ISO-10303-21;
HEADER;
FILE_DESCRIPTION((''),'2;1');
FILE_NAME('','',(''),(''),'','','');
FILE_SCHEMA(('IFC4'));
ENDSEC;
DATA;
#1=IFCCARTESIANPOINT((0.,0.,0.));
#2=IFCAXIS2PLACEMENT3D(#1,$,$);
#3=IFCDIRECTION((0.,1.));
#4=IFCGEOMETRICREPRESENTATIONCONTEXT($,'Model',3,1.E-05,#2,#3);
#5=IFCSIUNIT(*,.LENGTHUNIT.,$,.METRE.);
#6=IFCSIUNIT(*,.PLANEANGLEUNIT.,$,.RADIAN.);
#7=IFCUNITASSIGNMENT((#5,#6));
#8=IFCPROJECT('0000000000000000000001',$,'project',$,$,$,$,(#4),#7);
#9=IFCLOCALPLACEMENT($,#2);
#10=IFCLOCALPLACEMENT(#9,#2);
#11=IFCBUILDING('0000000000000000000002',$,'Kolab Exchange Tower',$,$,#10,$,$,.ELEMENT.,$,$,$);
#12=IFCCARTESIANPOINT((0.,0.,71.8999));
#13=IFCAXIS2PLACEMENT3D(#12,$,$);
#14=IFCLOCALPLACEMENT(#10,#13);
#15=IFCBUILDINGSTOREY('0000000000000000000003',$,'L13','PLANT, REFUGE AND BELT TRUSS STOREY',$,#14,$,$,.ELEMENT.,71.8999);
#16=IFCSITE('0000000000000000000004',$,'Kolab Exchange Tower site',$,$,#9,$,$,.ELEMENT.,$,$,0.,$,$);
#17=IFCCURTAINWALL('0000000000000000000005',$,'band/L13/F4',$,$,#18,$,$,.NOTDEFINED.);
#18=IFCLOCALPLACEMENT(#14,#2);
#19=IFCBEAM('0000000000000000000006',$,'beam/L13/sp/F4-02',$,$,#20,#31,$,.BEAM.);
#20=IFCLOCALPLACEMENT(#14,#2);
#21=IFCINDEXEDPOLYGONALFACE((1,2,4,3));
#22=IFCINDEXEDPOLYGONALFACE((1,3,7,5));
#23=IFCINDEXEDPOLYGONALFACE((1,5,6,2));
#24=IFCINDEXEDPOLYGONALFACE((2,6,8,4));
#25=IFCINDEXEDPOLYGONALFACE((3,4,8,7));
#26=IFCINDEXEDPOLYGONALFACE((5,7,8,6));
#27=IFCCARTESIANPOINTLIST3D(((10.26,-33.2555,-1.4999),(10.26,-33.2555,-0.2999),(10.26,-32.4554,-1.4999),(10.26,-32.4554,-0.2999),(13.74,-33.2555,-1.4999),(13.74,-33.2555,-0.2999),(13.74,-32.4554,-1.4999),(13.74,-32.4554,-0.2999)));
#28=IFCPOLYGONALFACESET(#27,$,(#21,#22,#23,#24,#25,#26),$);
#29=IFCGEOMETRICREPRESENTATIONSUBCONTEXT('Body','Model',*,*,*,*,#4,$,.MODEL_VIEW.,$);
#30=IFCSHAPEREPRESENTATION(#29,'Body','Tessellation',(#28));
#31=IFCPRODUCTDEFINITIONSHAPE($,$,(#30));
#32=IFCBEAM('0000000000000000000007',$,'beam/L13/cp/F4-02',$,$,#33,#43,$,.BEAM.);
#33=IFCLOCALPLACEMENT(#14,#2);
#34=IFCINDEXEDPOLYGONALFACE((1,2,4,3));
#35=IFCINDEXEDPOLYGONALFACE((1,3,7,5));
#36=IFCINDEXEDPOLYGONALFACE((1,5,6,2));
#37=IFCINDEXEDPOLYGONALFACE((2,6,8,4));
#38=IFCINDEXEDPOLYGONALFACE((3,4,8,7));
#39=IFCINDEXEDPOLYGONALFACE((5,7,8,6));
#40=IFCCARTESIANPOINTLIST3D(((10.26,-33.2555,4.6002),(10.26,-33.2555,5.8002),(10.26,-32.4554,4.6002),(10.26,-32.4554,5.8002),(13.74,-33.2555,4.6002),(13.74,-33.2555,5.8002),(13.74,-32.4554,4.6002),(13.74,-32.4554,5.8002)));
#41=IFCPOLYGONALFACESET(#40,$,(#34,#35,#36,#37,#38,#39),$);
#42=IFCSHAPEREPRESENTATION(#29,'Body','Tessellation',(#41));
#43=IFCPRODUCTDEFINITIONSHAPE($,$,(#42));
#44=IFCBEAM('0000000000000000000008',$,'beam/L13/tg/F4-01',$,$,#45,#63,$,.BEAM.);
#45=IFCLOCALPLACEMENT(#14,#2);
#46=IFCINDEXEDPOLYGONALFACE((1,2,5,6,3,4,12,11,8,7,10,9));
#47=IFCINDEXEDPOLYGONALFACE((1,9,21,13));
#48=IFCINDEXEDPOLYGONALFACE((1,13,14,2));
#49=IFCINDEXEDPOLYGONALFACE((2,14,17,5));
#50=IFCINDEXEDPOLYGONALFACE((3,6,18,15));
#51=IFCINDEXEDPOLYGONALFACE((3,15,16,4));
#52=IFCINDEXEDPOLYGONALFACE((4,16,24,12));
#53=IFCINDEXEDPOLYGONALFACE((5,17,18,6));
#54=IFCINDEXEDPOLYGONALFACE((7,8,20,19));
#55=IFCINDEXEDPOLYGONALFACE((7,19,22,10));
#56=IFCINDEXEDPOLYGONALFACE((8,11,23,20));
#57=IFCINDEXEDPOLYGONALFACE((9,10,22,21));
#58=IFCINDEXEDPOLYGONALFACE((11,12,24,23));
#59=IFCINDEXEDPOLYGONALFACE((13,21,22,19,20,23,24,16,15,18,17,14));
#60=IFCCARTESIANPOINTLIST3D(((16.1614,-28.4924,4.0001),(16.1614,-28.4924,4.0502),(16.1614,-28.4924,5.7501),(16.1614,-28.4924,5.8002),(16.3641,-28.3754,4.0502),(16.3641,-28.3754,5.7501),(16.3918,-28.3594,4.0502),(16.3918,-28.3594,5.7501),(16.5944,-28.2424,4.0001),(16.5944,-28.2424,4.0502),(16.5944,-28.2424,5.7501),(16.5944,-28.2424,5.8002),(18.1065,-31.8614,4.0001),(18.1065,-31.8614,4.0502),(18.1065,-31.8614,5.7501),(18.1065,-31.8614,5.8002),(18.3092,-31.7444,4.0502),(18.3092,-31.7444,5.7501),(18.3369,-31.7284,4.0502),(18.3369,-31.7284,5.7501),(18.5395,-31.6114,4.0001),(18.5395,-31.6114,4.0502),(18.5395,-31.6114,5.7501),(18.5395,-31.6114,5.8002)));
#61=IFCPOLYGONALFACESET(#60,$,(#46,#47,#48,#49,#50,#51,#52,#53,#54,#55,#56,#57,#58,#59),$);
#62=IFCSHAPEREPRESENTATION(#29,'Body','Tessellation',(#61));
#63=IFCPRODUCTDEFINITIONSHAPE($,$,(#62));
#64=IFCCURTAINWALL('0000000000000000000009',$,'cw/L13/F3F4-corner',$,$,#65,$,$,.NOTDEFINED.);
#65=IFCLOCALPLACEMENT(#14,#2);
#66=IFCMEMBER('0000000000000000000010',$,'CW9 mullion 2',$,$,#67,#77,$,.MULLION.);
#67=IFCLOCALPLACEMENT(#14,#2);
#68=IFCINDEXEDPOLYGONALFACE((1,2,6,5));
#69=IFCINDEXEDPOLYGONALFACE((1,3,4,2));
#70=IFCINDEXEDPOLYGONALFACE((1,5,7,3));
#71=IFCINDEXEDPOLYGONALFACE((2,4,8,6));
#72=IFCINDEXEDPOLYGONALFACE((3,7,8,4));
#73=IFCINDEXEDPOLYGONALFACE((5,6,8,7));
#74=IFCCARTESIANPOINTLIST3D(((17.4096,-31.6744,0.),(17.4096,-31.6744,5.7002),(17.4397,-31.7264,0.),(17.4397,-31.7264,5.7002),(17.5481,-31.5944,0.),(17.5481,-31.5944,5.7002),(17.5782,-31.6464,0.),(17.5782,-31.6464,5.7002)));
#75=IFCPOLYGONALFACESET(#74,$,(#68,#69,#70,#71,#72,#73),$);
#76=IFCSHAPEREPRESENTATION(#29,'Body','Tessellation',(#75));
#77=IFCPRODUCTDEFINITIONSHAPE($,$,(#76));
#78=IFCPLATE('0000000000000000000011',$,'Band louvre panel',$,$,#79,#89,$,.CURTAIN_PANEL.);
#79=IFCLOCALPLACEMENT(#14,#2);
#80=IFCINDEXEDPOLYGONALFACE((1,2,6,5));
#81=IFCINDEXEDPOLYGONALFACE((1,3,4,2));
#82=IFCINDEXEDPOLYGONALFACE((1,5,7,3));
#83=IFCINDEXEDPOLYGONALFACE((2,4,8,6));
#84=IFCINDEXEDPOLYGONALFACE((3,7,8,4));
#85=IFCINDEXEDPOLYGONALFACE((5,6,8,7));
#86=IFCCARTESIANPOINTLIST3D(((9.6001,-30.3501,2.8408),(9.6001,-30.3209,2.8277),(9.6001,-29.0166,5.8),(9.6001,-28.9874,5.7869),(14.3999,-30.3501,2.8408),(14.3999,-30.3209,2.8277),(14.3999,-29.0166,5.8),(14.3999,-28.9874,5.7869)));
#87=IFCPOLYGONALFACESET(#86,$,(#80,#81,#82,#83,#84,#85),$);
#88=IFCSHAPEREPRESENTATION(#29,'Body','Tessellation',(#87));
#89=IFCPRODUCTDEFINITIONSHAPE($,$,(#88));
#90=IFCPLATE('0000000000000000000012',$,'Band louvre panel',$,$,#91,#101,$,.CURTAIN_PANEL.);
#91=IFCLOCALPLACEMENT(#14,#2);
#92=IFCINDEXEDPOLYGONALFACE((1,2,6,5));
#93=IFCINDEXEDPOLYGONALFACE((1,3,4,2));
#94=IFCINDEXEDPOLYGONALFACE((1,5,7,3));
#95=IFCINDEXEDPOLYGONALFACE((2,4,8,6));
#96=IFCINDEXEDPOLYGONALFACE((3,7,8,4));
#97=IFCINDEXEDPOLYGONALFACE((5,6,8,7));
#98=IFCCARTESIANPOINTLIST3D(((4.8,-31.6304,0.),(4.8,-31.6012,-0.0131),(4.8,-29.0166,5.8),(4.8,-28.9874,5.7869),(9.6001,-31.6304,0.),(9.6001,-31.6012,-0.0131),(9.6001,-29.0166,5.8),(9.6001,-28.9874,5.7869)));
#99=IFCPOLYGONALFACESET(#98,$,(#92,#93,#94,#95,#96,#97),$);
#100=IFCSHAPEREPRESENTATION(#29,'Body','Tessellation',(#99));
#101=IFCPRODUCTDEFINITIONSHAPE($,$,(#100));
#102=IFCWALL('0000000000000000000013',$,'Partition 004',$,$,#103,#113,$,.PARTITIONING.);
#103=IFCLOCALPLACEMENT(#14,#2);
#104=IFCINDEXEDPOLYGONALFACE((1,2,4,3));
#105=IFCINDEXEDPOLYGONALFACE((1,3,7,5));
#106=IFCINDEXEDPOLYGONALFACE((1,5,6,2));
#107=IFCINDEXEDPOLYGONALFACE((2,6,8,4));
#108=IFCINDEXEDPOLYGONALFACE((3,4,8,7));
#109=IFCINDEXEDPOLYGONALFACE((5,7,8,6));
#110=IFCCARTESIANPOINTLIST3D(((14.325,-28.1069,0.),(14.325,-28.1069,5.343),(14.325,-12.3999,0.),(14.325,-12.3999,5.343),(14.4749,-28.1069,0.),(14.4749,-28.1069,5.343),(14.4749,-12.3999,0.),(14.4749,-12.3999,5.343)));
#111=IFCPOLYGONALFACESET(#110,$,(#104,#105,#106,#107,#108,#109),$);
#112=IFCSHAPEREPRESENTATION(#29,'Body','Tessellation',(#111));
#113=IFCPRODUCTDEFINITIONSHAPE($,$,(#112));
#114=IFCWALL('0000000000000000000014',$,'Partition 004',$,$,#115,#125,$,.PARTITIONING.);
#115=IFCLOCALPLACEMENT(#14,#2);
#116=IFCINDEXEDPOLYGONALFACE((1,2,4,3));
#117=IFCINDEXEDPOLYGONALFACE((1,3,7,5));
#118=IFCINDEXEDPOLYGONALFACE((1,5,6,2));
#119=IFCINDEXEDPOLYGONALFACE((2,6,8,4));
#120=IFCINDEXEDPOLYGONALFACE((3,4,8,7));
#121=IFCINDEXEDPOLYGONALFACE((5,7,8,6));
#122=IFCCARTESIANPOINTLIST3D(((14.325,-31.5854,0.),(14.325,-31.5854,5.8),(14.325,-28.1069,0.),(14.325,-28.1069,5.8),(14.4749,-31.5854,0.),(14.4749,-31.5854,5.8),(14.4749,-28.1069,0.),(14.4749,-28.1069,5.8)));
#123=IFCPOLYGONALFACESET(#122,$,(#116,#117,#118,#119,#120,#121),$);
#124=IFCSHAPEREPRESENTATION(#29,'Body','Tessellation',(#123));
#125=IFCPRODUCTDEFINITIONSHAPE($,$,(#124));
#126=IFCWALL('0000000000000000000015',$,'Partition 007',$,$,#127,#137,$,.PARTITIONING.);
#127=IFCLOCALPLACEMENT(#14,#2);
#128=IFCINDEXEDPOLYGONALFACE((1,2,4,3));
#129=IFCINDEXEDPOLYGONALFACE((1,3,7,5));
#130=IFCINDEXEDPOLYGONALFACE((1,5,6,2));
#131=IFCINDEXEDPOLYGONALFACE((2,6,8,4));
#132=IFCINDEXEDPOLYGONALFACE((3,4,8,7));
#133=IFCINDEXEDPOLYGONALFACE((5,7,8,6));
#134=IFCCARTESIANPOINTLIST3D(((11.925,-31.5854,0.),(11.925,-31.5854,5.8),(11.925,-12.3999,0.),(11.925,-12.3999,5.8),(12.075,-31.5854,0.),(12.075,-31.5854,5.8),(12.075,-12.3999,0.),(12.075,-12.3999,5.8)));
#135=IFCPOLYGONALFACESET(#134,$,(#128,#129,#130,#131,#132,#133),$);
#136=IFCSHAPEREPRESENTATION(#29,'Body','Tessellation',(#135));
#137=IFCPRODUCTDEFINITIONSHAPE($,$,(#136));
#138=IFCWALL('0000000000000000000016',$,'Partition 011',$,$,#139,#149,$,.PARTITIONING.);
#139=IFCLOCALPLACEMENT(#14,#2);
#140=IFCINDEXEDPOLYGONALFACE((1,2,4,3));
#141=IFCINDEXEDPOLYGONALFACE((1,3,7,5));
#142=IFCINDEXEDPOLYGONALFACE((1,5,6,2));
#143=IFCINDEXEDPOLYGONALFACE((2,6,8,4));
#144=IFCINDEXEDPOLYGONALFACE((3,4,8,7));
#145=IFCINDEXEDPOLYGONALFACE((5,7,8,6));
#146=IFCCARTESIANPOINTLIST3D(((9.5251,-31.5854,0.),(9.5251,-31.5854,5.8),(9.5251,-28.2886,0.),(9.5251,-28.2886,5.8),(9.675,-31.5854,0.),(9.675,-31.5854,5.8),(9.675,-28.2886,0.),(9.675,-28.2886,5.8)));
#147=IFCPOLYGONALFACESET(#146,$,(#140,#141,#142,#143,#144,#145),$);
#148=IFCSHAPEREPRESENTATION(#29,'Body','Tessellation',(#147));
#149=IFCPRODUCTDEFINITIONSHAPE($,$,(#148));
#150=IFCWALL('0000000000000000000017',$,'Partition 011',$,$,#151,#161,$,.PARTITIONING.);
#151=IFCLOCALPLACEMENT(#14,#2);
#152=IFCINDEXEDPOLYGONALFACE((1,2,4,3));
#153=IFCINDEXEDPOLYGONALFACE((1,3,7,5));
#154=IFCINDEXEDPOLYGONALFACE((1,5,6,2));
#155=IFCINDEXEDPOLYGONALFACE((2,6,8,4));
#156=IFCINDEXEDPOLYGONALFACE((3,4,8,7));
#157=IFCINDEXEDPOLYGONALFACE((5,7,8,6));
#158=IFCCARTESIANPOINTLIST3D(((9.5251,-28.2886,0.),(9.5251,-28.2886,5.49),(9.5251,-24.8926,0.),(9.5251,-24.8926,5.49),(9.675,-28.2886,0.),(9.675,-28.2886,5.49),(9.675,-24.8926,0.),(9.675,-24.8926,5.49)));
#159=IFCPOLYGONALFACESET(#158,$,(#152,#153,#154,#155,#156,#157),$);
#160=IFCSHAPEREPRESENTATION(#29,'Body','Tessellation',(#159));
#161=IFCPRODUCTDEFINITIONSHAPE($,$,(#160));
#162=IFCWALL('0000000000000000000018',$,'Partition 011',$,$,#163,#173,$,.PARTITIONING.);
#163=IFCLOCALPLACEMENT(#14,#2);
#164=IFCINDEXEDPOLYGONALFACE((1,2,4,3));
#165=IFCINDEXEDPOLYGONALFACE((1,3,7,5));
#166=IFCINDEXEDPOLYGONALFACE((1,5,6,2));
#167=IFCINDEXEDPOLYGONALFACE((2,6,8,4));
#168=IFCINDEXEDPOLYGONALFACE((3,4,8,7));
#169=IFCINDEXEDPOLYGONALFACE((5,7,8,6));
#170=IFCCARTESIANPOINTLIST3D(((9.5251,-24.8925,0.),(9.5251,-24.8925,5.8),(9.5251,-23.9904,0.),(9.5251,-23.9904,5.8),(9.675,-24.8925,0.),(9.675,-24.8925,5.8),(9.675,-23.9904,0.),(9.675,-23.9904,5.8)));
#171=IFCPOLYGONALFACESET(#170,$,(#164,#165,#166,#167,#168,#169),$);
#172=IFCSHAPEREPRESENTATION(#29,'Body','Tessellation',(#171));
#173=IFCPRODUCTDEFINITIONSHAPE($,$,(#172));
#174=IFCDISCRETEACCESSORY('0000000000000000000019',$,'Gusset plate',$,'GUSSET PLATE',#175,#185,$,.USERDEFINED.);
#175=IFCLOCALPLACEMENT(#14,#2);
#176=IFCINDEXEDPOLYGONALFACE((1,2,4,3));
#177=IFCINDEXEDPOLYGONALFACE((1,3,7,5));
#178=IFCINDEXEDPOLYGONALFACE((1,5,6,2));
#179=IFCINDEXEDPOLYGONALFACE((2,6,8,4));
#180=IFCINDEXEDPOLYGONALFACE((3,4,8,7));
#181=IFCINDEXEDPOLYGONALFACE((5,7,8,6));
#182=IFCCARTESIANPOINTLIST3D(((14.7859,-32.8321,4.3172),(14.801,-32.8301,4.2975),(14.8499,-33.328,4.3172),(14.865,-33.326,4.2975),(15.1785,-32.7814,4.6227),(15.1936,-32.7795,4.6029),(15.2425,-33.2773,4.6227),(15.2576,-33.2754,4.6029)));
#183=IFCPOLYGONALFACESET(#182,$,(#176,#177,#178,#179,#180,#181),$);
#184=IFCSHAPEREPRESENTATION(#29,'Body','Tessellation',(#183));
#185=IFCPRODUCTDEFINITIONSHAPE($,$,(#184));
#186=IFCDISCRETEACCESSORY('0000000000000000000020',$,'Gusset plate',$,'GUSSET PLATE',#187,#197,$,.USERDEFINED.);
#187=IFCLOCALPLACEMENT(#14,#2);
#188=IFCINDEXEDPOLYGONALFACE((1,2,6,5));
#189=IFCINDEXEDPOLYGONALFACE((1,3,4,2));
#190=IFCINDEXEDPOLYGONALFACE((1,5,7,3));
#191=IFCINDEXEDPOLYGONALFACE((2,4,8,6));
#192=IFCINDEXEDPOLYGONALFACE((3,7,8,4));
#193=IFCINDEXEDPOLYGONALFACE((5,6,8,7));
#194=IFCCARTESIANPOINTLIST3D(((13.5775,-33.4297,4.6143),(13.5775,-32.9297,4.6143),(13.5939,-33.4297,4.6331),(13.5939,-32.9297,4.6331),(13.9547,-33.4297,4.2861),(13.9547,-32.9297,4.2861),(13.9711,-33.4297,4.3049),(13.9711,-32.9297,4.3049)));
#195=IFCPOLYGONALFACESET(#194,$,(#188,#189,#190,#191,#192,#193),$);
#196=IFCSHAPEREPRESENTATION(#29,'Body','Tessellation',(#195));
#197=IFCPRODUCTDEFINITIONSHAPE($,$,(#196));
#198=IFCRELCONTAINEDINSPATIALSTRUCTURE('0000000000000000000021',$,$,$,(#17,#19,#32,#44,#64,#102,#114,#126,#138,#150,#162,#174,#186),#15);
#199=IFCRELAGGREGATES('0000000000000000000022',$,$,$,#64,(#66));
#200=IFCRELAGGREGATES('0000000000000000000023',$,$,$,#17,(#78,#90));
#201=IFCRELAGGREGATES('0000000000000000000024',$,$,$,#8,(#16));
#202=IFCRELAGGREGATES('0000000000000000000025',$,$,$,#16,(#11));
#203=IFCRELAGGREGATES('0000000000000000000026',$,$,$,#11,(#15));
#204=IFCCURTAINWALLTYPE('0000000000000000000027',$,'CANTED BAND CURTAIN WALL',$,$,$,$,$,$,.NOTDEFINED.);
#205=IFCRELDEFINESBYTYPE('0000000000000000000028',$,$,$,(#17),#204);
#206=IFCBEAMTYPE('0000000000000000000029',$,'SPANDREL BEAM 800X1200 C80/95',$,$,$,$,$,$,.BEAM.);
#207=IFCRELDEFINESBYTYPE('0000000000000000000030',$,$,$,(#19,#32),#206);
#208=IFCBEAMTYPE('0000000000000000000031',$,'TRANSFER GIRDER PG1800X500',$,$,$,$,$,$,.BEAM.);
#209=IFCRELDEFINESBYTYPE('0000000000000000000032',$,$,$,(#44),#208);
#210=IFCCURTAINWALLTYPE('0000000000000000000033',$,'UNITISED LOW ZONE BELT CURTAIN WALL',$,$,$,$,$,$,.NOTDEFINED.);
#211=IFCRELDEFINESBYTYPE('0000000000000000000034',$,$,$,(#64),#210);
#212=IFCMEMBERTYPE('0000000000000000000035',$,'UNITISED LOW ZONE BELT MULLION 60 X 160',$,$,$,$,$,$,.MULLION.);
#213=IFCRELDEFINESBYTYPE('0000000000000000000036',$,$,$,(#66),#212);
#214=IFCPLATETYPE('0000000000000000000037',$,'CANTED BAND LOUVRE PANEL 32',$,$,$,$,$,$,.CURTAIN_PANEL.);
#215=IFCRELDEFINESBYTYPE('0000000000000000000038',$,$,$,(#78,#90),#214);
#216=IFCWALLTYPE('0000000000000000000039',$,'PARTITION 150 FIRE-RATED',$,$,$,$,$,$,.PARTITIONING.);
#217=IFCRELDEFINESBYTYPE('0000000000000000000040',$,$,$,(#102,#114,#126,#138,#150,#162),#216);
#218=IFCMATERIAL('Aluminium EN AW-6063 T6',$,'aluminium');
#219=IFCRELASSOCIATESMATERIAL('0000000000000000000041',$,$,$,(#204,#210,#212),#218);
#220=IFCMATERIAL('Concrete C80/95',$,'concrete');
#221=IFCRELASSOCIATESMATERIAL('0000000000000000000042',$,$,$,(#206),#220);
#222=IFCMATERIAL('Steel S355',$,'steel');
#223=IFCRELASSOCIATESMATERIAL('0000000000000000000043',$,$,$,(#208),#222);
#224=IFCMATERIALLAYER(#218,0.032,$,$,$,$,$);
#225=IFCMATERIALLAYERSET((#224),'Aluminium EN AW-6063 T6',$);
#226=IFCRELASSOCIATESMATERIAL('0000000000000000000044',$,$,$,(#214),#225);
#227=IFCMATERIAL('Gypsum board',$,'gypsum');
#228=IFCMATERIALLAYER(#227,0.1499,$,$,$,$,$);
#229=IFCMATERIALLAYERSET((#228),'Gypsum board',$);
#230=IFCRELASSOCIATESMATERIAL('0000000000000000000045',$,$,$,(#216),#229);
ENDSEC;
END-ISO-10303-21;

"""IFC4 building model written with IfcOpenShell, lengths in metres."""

from ifc_helpers import new_model, si_unit, direction, frame, frame_2d, origin, origin_2d, place, context, subcontext, project, spatial, polyline, rectangle, i_section, outline, extrude, material, layer, layer_set, material_profile, profile_set, type_object, element, aggregate, save


model = new_model("IFC4")

# Units and contexts
model_context = context("Model", 3, precision=1e-05, world=origin(), true_north=direction((0.0, 1.0)))
body_context = subcontext(model_context, "Body", "Model", "MODEL_VIEW")
ifc_project = project(units=[si_unit("LENGTHUNIT", "METRE"), si_unit("PLANEANGLEUNIT", "RADIAN")], contexts=[model_context])

# Site, building, storey
site_placement = place(None, origin())
site = spatial("IfcSite", under=ifc_project, at=site_placement, Name="Kolab Exchange Tower site", CompositionType="ELEMENT", RefElevation=0.0)
building_placement = place(site_placement, origin())
building = spatial("IfcBuilding", under=site, at=building_placement, Name="Kolab Exchange Tower", CompositionType="ELEMENT")
storey_placement = place(building_placement, frame((0.0, 0.0, 71.8999)))
storey = spatial("IfcBuildingStorey", under=building, at=storey_placement, Name="L13", Description="PLANT, REFUGE AND BELT TRUSS STOREY", CompositionType="ELEMENT", Elevation=71.8999)

# Shared definitions
ifc_material_1 = material(Name="Concrete C80/95", Category="concrete")

# Shared definitions
ifc_material_2 = material(Name="Steel S355", Category="steel")

# Curtain wall
ifc_material_3 = material(Name="Aluminium EN AW-6063 T6", Category="aluminium")
curtain_wall_type_1 = type_object("IfcCurtainWallType", Name="CANTED BAND CURTAIN WALL", PredefinedType="NOTDEFINED", material=ifc_material_3)
curtain_wall_1_placement = place(storey_placement, origin())
curtain_wall_1 = element("IfcCurtainWall", 1, at=curtain_wall_1_placement, inside=storey, type_object=curtain_wall_type_1, Name="band/L13/F4", PredefinedType="NOTDEFINED")

# Beams
ifc_material_profile_1 = material_profile(ifc_material_1, rectangle(XDim=0.8, YDim=1.2, at=origin_2d()), Name="RC800X1200")
ifc_profile_set_1 = profile_set([ifc_material_profile_1], Name="Concrete C80/95")
beam_type_1 = type_object("IfcBeamType", Name="SPANDREL BEAM 800X1200 C80/95", PredefinedType="BEAM", material=ifc_profile_set_1)
for number, where, z_axis, x_axis, name in (
    (2, (13.74, -32.8555, -0.8999), (-1.0, 0.0, 0.0), (0.0, -1.0, 0.0), "beam/L13/sp/F4-02"),
    (3, (13.74, -32.8555, 5.2002), (-1.0, 0.0, 0.0), (0.0, -1.0, 0.0), "beam/L13/cp/F4-02"),
):
    element("IfcBeam", number, at=place(storey_placement, frame(where, z_axis=z_axis, x_axis=x_axis)), inside=storey, type_object=beam_type_1, Name=name, PredefinedType="BEAM", context=body_context, shape_type="SweptSolid", body=[
        extrude(rectangle(XDim=0.8, YDim=1.2, at=origin_2d()), origin(), (0.0, 0.0, 1.0), 3.48),
    ])
ifc_material_profile_2 = material_profile(ifc_material_2, i_section(OverallWidth=0.5, OverallDepth=1.8, WebThickness=0.032, FlangeThickness=0.05, at=origin_2d()), Name="PG1800X500")
ifc_profile_set_2 = profile_set([ifc_material_profile_2], Name="Steel S355")
beam_type_2 = type_object("IfcBeamType", Name="TRANSFER GIRDER PG1800X500", PredefinedType="BEAM", material=ifc_profile_set_2)
beam_1_placement = place(storey_placement, frame((16.3779, -28.3674, 4.9001), z_axis=(0.500007, -0.866022, 0.0), x_axis=(0.866022, 0.500007, 0.0)))
element("IfcBeam", 4, at=beam_1_placement, inside=storey, type_object=beam_type_2, Name="beam/L13/tg/F4-01", PredefinedType="BEAM", context=body_context, shape_type="SweptSolid", body=[
    extrude(i_section(OverallWidth=0.5, OverallDepth=1.8, WebThickness=0.032, FlangeThickness=0.05, at=origin_2d()), origin(), (0.0, 0.0, 1.0), 3.8901),
])

# Curtain wall, member
curtain_wall_type_2 = type_object("IfcCurtainWallType", Name="UNITISED LOW ZONE BELT CURTAIN WALL", PredefinedType="NOTDEFINED", material=ifc_material_3)
curtain_wall_2_placement = place(storey_placement, origin())
curtain_wall_2 = element("IfcCurtainWall", 5, at=curtain_wall_2_placement, inside=storey, type_object=curtain_wall_type_2, Name="cw/L13/F3F4-corner", PredefinedType="NOTDEFINED")
ifc_material_profile_3 = material_profile(ifc_material_3, rectangle(XDim=0.0601, YDim=0.1599, at=origin_2d()), Name="RECT 60X160")
ifc_profile_set_3 = profile_set([ifc_material_profile_3], Name="Aluminium EN AW-6063 T6")
member_type_1 = type_object("IfcMemberType", Name="UNITISED LOW ZONE BELT MULLION 60 X 160", PredefinedType="MULLION", material=ifc_profile_set_3)
member_1_placement = place(storey_placement, frame((17.4939, -31.6604, 0.0), z_axis=(0.0, 0.0, 1.0), x_axis=(0.5, -0.866025, 0.0)))
member_1 = element("IfcMember", 6, at=member_1_placement, type_object=member_type_1, Name="CW9 mullion 2", PredefinedType="MULLION", context=body_context, shape_type="SweptSolid", body=[
    extrude(rectangle(XDim=0.0601, YDim=0.1599, at=origin_2d()), origin(), (0.0, 0.0, 1.0), 5.7002),
])
aggregate(curtain_wall_2, [member_1])

# Plates
ifc_layer_1 = layer(ifc_material_3, 0.032)
ifc_layer_set_1 = layer_set([ifc_layer_1], Name="Aluminium EN AW-6063 T6")
plate_type = type_object("IfcPlateType", Name="CANTED BAND LOUVRE PANEL 32", PredefinedType="CURTAIN_PANEL", material=ifc_layer_set_1)
plate_1_placement = place(storey_placement, frame((14.3999, -30.3501, 2.8408), z_axis=(0.0, -0.911709, 0.410837), x_axis=(-1.0, 0.0, 0.0)))
plate_1 = element("IfcPlate", 7, at=plate_1_placement, type_object=plate_type, Name="Band louvre panel", PredefinedType="CURTAIN_PANEL", context=body_context, shape_type="SweptSolid", body=[
    extrude(outline(polyline([(0.0, 0.0), (4.7998, 0.0), (4.7998, -3.2458), (0.0, -3.2458), (0.0, 0.0)])), origin(), (0.0, 0.0, -1.0), 0.032),
])
plate_2_placement = place(storey_placement, frame((9.6001, -31.6304, 0.0), z_axis=(0.0, -0.911701, 0.410854), x_axis=(-1.0, 0.0, 0.0)))
plate_2 = element("IfcPlate", 8, at=plate_2_placement, type_object=plate_type, Name="Band louvre panel", PredefinedType="CURTAIN_PANEL", context=body_context, shape_type="SweptSolid", body=[
    extrude(outline(polyline([(0.0, 0.0), (4.8, 0.0), (4.8, -6.3618), (0.0, -6.3618), (0.0, 0.0)])), origin(), (0.0, 0.0, -1.0), 0.032),
])
aggregate(curtain_wall_1, [plate_1, plate_2])

# Walls
ifc_material_4 = material(Name="Gypsum board", Category="gypsum")
ifc_layer_2 = layer(ifc_material_4, 0.1499)
ifc_layer_set_2 = layer_set([ifc_layer_2], Name="Gypsum board")
wall_type = type_object("IfcWallType", Name="PARTITION 150 FIRE-RATED", PredefinedType="PARTITIONING", material=ifc_layer_set_2)
wall_1_placement = place(storey_placement, frame((14.3999, -28.1069, 0.0), z_axis=(0.0, 0.0, 1.0), x_axis=(0.0, 1.0, 0.0)))
element("IfcWall", 9, at=wall_1_placement, inside=storey, type_object=wall_type, Name="Partition 004", PredefinedType="PARTITIONING", context=body_context, shape_type="SweptSolid", body=[
    extrude(rectangle(XDim=15.707, YDim=0.1499, at=frame_2d((7.8535, 0.0))), origin(), (0.0, 0.0, 1.0), 5.343),
])
wall_2_placement = place(storey_placement, frame((14.3999, -31.5854, 0.0), z_axis=(0.0, 0.0, 1.0), x_axis=(0.0, 1.0, 0.0)))
element("IfcWall", 10, at=wall_2_placement, inside=storey, type_object=wall_type, Name="Partition 004", PredefinedType="PARTITIONING", context=body_context, shape_type="SweptSolid", body=[
    extrude(rectangle(XDim=3.4785, YDim=0.1499, at=frame_2d((1.7393, 0.0))), origin(), (0.0, 0.0, 1.0), 5.8),
])
wall_3_placement = place(storey_placement, frame((12.0, -31.5854, 0.0), z_axis=(0.0, 0.0, 1.0), x_axis=(0.0, 1.0, 0.0)))
element("IfcWall", 11, at=wall_3_placement, inside=storey, type_object=wall_type, Name="Partition 007", PredefinedType="PARTITIONING", context=body_context, shape_type="SweptSolid", body=[
    extrude(rectangle(XDim=19.1855, YDim=0.1499, at=frame_2d((9.5928, 0.0))), origin(), (0.0, 0.0, 1.0), 5.8),
])
wall_4_placement = place(storey_placement, frame((9.6001, -31.5854, 0.0), z_axis=(0.0, 0.0, 1.0), x_axis=(0.0, 1.0, 0.0)))
element("IfcWall", 12, at=wall_4_placement, inside=storey, type_object=wall_type, Name="Partition 011", PredefinedType="PARTITIONING", context=body_context, shape_type="SweptSolid", body=[
    extrude(rectangle(XDim=3.2969, YDim=0.1499, at=frame_2d((1.6484, 0.0))), origin(), (0.0, 0.0, 1.0), 5.8),
])
wall_5_placement = place(storey_placement, frame((9.6001, -28.2886, 0.0), z_axis=(0.0, 0.0, 1.0), x_axis=(0.0, 1.0, 0.0)))
element("IfcWall", 13, at=wall_5_placement, inside=storey, type_object=wall_type, Name="Partition 011", PredefinedType="PARTITIONING", context=body_context, shape_type="SweptSolid", body=[
    extrude(rectangle(XDim=3.396, YDim=0.1499, at=frame_2d((1.698, 0.0))), origin(), (0.0, 0.0, 1.0), 5.49),
])
wall_6_placement = place(storey_placement, frame((9.6001, -24.8926, 0.0), z_axis=(0.0, 0.0, 1.0), x_axis=(0.0, 1.0, 0.0)))
element("IfcWall", 14, at=wall_6_placement, inside=storey, type_object=wall_type, Name="Partition 011", PredefinedType="PARTITIONING", context=body_context, shape_type="SweptSolid", body=[
    extrude(rectangle(XDim=0.9021, YDim=0.1499, at=frame_2d((0.4512, 0.0))), origin(), (0.0, 0.0, 1.0), 5.8),
])

# Discrete accessories
for number, where, z_axis, x_axis, name in (
    (15, (15.0293, -33.0527, 4.4502), (-0.605953, -0.078188, 0.791649), (0.127971, -0.991778, 0.0), "Gusset plate"),
    (16, (13.7661, -33.1797, 4.4502), (0.656421, 0.0, 0.754395), (0.0, 1.0, 0.0), "Gusset plate"),
):
    element("IfcDiscreteAccessory", number, at=place(storey_placement, frame(where, z_axis=z_axis, x_axis=x_axis)), inside=storey, Name=name, ObjectType="GUSSET PLATE", PredefinedType="USERDEFINED", context=body_context, shape_type="SweptSolid", body=[
        extrude(rectangle(XDim=0.5, YDim=0.5, at=origin_2d()), origin(), (0.0, 0.0, 1.0), 0.0249),
    ])

save(model, "model.ifc")
